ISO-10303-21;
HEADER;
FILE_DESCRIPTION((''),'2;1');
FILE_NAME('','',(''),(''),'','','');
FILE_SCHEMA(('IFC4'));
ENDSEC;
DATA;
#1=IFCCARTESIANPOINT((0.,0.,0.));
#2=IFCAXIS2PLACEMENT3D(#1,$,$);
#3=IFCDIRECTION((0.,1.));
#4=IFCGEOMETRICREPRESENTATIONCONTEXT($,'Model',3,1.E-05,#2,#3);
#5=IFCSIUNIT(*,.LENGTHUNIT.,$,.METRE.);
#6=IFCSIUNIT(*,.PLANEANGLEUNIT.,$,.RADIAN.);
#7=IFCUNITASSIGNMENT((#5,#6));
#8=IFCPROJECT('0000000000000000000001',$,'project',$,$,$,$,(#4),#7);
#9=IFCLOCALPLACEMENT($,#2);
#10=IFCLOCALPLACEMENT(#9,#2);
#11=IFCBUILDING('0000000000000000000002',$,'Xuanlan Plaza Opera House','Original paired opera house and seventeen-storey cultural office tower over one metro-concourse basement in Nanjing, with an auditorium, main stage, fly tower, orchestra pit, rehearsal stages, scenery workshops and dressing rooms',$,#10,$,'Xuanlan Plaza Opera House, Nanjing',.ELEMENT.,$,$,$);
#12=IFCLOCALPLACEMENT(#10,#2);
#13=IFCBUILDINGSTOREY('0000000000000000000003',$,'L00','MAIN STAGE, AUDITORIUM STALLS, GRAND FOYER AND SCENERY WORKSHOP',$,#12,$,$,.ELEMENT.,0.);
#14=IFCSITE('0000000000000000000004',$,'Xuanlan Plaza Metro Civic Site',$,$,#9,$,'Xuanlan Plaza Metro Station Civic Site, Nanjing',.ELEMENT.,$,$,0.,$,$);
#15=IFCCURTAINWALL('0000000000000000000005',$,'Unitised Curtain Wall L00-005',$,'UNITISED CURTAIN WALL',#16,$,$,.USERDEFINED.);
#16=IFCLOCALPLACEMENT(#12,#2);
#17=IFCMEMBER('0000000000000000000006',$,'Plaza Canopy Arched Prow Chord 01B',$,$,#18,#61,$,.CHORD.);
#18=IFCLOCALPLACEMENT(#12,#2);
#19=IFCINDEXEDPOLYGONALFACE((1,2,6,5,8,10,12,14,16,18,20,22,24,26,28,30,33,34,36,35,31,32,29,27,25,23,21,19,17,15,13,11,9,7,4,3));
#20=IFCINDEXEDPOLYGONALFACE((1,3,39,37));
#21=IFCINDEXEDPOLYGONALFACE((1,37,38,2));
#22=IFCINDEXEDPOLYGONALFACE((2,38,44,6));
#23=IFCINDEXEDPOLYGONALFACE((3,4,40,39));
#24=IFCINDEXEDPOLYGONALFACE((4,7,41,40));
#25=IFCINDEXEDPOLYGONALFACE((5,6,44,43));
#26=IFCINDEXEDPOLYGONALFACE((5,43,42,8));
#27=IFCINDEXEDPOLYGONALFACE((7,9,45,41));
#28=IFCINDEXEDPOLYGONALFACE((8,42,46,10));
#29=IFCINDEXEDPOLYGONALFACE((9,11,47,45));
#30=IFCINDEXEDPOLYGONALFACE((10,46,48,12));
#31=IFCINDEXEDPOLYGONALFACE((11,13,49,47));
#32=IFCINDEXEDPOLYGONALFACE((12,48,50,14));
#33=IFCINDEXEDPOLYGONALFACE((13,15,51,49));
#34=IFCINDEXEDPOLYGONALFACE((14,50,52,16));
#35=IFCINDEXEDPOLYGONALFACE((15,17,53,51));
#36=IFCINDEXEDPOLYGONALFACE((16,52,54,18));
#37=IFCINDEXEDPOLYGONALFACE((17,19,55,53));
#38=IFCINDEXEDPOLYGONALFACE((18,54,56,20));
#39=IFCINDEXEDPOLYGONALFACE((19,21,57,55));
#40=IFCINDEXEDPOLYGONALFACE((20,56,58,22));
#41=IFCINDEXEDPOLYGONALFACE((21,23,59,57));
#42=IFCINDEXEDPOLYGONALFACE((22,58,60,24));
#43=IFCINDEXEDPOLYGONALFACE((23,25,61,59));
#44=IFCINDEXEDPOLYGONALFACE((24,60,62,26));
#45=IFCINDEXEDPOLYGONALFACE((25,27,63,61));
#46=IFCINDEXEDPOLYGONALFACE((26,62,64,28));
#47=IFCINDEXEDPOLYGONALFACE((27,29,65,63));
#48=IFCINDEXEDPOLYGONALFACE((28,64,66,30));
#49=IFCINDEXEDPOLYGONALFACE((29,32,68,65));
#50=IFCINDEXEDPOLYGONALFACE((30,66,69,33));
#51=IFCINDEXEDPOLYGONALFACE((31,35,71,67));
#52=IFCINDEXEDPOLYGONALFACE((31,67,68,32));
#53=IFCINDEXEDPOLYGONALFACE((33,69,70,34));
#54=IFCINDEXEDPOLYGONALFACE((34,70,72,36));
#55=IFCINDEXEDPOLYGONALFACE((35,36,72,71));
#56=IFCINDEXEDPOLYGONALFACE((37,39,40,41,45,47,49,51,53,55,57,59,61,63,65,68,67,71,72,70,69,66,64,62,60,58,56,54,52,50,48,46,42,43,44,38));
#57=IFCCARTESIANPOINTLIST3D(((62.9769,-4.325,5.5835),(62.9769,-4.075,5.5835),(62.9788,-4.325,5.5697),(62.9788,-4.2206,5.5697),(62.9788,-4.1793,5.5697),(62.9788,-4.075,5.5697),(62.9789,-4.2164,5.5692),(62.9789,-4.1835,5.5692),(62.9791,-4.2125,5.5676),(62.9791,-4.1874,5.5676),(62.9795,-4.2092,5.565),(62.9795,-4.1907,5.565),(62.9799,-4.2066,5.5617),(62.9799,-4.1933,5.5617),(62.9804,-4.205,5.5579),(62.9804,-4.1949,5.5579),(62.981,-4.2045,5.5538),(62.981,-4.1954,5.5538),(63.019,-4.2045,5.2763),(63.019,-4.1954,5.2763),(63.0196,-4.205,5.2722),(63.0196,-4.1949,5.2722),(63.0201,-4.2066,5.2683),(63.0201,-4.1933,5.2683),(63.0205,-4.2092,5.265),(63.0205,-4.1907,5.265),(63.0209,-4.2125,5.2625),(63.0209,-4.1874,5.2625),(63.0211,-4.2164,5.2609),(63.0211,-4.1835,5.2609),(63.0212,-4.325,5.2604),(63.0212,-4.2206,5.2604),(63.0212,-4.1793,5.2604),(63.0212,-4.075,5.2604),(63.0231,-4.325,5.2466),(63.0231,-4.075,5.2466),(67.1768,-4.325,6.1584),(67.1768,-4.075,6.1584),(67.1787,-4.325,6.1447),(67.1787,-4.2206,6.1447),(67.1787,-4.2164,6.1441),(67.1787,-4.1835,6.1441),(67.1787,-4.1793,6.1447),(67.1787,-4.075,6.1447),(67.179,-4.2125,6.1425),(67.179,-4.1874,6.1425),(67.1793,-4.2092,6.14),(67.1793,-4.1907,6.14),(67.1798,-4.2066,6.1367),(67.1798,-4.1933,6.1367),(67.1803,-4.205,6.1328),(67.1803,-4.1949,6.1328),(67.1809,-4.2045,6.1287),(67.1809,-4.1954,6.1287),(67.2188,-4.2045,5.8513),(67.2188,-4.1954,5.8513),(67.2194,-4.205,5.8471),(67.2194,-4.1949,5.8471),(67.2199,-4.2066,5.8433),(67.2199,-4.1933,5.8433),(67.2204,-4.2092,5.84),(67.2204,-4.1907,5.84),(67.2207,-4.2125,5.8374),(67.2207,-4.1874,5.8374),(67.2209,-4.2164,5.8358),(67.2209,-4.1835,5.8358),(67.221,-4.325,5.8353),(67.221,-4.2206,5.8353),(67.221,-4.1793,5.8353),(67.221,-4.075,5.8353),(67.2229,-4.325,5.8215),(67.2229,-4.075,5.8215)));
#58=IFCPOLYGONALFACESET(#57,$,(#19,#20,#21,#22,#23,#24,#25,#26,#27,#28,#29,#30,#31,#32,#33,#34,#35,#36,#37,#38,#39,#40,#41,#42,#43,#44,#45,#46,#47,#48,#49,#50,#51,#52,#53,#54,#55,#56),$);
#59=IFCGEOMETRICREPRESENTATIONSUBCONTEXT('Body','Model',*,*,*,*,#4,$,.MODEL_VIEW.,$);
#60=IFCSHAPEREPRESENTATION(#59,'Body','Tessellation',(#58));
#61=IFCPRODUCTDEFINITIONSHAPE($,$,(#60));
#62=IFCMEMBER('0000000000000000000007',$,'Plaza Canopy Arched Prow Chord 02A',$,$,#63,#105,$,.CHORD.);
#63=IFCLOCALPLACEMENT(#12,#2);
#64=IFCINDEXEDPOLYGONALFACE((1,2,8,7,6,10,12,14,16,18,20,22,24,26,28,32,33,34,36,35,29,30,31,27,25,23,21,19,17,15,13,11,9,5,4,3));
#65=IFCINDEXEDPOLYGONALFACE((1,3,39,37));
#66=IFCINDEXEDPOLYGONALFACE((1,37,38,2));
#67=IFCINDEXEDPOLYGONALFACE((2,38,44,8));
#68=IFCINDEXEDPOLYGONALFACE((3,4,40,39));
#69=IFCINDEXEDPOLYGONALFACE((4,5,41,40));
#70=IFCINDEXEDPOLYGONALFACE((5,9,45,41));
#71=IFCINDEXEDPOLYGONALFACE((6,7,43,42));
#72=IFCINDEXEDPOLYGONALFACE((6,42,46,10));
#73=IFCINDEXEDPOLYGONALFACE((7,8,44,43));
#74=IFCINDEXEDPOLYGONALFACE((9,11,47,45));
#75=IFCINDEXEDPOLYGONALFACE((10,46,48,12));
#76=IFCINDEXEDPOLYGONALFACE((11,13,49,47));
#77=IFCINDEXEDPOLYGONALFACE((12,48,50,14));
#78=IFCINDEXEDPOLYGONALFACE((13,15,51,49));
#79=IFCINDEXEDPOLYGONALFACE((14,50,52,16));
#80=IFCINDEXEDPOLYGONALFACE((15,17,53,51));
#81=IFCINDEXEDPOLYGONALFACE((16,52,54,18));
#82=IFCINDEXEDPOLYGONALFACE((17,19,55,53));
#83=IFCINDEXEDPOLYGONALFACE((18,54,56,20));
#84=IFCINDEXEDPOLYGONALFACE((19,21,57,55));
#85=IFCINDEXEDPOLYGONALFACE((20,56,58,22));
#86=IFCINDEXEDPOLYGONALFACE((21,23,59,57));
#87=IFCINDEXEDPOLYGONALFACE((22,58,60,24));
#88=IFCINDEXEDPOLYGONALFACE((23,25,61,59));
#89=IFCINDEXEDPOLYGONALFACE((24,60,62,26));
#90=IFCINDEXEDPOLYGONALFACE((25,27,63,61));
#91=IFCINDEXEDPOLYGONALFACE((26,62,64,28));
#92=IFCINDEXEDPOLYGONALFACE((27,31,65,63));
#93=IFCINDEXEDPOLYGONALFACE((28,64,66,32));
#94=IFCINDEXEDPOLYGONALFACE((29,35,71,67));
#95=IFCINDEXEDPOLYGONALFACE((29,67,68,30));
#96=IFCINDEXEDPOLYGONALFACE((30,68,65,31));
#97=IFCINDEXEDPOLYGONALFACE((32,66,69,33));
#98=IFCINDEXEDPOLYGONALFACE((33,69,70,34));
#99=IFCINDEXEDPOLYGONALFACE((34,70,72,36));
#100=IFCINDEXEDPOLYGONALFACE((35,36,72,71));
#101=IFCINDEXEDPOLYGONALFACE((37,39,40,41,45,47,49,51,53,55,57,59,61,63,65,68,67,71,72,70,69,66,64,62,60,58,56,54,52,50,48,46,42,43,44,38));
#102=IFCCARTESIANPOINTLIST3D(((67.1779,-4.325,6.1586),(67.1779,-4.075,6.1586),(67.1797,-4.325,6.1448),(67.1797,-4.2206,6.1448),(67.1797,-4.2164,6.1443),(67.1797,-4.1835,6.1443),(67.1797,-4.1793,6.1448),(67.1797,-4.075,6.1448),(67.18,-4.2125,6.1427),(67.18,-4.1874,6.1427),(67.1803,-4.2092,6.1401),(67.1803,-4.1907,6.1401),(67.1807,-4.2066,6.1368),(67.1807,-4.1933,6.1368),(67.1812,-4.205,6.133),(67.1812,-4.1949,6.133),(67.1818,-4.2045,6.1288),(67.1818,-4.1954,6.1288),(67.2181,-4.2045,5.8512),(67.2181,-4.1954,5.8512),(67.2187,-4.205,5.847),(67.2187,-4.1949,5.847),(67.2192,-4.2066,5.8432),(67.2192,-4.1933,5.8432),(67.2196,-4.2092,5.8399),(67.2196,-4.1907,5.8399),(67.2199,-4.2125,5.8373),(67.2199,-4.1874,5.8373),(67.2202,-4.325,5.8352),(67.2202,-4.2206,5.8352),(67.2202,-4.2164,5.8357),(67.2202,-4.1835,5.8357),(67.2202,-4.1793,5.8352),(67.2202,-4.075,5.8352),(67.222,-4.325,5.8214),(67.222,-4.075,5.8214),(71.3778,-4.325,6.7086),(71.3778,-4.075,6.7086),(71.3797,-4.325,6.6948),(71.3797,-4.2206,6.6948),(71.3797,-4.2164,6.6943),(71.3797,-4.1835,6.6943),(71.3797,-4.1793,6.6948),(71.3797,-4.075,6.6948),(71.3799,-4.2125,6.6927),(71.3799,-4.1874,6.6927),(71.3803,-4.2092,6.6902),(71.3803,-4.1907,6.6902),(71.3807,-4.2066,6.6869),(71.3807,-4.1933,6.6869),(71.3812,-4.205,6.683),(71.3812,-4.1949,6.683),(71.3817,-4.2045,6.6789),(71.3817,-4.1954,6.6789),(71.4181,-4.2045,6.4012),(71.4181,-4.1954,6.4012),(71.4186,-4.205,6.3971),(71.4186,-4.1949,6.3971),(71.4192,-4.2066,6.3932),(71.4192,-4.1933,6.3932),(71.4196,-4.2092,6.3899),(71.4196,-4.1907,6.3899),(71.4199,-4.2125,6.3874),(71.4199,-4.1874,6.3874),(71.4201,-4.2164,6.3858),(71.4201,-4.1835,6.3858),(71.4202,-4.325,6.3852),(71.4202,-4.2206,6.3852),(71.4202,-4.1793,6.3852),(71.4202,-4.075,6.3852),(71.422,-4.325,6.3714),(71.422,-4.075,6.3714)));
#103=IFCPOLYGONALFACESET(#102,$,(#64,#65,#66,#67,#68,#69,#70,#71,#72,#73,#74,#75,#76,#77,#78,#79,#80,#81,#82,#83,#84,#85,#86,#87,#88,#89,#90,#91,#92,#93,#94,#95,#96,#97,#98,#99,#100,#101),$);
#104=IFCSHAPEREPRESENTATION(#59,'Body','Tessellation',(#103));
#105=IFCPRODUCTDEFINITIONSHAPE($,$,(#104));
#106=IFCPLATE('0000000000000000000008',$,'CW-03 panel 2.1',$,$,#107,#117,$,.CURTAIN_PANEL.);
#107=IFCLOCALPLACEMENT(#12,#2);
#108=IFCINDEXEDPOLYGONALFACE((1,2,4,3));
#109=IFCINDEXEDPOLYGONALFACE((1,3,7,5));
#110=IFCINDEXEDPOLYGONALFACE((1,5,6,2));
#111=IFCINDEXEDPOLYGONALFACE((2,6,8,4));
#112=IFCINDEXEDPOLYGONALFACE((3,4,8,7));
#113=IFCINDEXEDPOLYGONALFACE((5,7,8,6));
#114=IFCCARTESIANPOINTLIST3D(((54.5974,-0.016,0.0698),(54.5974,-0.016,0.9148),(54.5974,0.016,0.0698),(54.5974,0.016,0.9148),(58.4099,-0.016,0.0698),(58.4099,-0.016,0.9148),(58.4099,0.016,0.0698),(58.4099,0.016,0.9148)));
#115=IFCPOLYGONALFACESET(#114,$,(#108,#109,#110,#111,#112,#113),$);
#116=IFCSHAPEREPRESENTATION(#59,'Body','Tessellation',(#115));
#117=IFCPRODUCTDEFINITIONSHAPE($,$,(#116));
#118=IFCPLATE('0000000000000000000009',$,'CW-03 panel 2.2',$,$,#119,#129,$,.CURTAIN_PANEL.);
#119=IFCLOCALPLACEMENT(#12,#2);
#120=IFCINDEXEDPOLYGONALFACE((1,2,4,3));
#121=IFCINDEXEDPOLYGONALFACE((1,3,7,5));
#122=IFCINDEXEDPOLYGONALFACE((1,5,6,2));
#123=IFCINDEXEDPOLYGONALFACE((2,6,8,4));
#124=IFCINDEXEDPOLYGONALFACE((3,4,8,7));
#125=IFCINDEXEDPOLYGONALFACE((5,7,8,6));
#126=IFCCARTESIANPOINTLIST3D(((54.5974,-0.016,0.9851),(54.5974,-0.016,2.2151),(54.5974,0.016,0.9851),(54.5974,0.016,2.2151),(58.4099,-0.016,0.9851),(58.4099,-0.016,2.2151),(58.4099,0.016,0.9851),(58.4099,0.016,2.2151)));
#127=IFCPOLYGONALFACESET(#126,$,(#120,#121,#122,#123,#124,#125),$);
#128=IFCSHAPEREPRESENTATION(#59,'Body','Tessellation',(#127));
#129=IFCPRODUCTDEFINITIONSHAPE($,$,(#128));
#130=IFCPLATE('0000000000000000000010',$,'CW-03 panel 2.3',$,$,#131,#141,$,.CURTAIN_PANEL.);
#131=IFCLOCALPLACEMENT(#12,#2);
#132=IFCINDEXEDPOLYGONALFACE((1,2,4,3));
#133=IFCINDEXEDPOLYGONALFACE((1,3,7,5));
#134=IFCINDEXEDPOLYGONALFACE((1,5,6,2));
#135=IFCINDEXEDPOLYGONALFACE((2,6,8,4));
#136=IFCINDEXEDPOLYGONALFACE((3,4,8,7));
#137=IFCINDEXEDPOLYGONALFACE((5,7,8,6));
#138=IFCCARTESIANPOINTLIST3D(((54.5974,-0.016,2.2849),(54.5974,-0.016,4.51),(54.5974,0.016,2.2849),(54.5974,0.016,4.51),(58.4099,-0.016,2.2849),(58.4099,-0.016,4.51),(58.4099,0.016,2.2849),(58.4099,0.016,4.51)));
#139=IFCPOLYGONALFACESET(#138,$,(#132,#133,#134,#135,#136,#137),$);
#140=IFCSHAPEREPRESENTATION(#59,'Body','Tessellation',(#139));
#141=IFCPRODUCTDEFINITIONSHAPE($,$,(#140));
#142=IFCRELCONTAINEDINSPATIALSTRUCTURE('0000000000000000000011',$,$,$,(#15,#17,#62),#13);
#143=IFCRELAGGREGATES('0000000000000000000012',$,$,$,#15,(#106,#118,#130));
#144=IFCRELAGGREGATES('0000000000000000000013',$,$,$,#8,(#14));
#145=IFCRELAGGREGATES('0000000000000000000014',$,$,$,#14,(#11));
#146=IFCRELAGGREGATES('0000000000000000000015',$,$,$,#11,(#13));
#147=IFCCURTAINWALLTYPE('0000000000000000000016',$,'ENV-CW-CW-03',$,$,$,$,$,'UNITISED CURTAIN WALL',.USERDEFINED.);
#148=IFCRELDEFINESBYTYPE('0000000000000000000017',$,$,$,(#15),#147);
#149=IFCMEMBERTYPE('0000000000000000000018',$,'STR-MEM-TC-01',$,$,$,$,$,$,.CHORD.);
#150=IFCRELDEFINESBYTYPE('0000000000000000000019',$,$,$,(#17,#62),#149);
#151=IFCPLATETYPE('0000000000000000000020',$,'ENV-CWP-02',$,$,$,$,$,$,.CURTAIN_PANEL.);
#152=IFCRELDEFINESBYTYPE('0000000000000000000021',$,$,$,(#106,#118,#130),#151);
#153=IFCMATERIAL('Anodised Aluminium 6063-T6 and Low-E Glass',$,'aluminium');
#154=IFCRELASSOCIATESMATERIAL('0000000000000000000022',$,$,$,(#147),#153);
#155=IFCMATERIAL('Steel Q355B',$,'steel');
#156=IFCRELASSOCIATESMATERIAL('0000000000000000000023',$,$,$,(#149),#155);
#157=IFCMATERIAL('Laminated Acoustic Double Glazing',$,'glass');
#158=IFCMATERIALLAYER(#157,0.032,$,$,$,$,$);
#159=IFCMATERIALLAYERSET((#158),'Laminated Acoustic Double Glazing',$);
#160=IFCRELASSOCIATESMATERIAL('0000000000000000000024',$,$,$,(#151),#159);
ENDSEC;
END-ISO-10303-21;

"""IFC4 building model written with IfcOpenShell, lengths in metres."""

from ifc_helpers import new_model, si_unit, direction, frame, origin, origin_2d, place, context, subcontext, project, spatial, rectangle, i_section, extrude, material, layer, layer_set, material_profile, profile_set, type_object, element, aggregate, save


model = new_model("IFC4")

# Units and contexts
model_context = context("Model", 3, precision=1e-05, world=origin(), true_north=direction((0.0, 1.0)))
body_context = subcontext(model_context, "Body", "Model", "MODEL_VIEW")
ifc_project = project(units=[si_unit("LENGTHUNIT", "METRE"), si_unit("PLANEANGLEUNIT", "RADIAN")], contexts=[model_context])

# Site, building, storey
site_placement = place(None, origin())
site = spatial("IfcSite", under=ifc_project, at=site_placement, Name="Xuanlan Plaza Metro Civic Site", LongName="Xuanlan Plaza Metro Station Civic Site, Nanjing", CompositionType="ELEMENT", RefElevation=0.0)
building_placement = place(site_placement, origin())
building = spatial("IfcBuilding", under=site, at=building_placement, Name="Xuanlan Plaza Opera House", Description="Original paired opera house and seventeen-storey cultural office tower over one metro-concourse basement in Nanjing, with an auditorium, main stage, fly tower, orchestra pit, rehearsal stages, scenery workshops and dressing rooms", LongName="Xuanlan Plaza Opera House, Nanjing", CompositionType="ELEMENT")
storey_placement = place(building_placement, origin())
storey = spatial("IfcBuildingStorey", under=building, at=storey_placement, Name="L00", Description="MAIN STAGE, AUDITORIUM STALLS, GRAND FOYER AND SCENERY WORKSHOP", CompositionType="ELEMENT", Elevation=0.0)

# Curtain wall
ifc_material_1 = material(Name="Anodised Aluminium 6063-T6 and Low-E Glass", Category="aluminium")
curtain_wall_type = type_object("IfcCurtainWallType", Name="ENV-CW-CW-03", ElementType="UNITISED CURTAIN WALL", PredefinedType="USERDEFINED", material=ifc_material_1)
curtain_wall_placement = place(storey_placement, origin())
curtain_wall = element("IfcCurtainWall", 1, at=curtain_wall_placement, inside=storey, type_object=curtain_wall_type, Name="Unitised Curtain Wall L00-005", ObjectType="UNITISED CURTAIN WALL", PredefinedType="USERDEFINED")

# Members
ifc_material_2 = material(Name="Steel Q355B", Category="steel")
ifc_material_profile_1 = material_profile(ifc_material_2, i_section(OverallWidth=0.25, OverallDepth=0.3401, WebThickness=0.009, FlangeThickness=0.0139, FilletRadius=0.0161, at=origin_2d()), Name="HM 340x250x9x14")
ifc_profile_set_1 = profile_set([ifc_material_profile_1], Name="Steel Q355B")
member_type_1 = type_object("IfcMemberType", Name="STR-MEM-TC-01", PredefinedType="CHORD", material=ifc_profile_set_1)
for number, where, z_axis, x_axis, name in (
    (2, (63.0, -4.2, 5.415), (0.99076, 0.0, 0.13563), (0.0, 1.0, 0.0), "Plaza Canopy Arched Prow Chord 01B"),
):
    element("IfcMember", number, at=place(storey_placement, frame(where, z_axis=z_axis, x_axis=x_axis)), inside=storey, type_object=member_type_1, Name=name, PredefinedType="CHORD", context=body_context, shape_type="SweptSolid", body=[
        extrude(i_section(OverallWidth=0.25, OverallDepth=0.3401, WebThickness=0.009, FlangeThickness=0.0139, FilletRadius=0.0161, at=origin_2d()), origin(), (0.0, 0.0, 1.0), 4.239),
    ])
member_1_placement = place(storey_placement, frame((67.2, -4.2, 5.99), z_axis=(0.991533, 0.0, 0.129857), x_axis=(0.0, 1.0, 0.0)))
element("IfcMember", 3, at=member_1_placement, inside=storey, type_object=member_type_1, Name="Plaza Canopy Arched Prow Chord 02A", PredefinedType="CHORD", context=body_context, shape_type="SweptSolid", body=[
    extrude(i_section(OverallWidth=0.25, OverallDepth=0.3401, WebThickness=0.009, FlangeThickness=0.0139, FilletRadius=0.0161, at=origin_2d()), origin(), (0.0, 0.0, 1.0), 4.2358),
])

# Plates
ifc_material_3 = material(Name="Laminated Acoustic Double Glazing", Category="glass")
ifc_layer_1 = layer(ifc_material_3, 0.032)
ifc_layer_set_1 = layer_set([ifc_layer_1], Name="Laminated Acoustic Double Glazing")
plate_type = type_object("IfcPlateType", Name="ENV-CWP-02", PredefinedType="CURTAIN_PANEL", material=ifc_layer_set_1)
plate_1_placement = place(storey_placement, frame((56.5037, 0.0, 0.0698), z_axis=(0.0, 0.0, 1.0), x_axis=(1.0, 0.0, 0.0)))
plate_1 = element("IfcPlate", 4, at=plate_1_placement, type_object=plate_type, Name="CW-03 panel 2.1", PredefinedType="CURTAIN_PANEL", context=body_context, shape_type="SweptSolid", body=[
    extrude(rectangle(XDim=3.8125, YDim=0.032, at=origin_2d()), origin(), (0.0, 0.0, 1.0), 0.845),
])
plate_2_placement = place(storey_placement, frame((56.5037, 0.0, 0.9851), z_axis=(0.0, 0.0, 1.0), x_axis=(1.0, 0.0, 0.0)))
plate_2 = element("IfcPlate", 5, at=plate_2_placement, type_object=plate_type, Name="CW-03 panel 2.2", PredefinedType="CURTAIN_PANEL", context=body_context, shape_type="SweptSolid", body=[
    extrude(rectangle(XDim=3.8125, YDim=0.032, at=origin_2d()), origin(), (0.0, 0.0, 1.0), 1.23),
])
plate_3_placement = place(storey_placement, frame((56.5037, 0.0, 2.2849), z_axis=(0.0, 0.0, 1.0), x_axis=(1.0, 0.0, 0.0)))
plate_3 = element("IfcPlate", 6, at=plate_3_placement, type_object=plate_type, Name="CW-03 panel 2.3", PredefinedType="CURTAIN_PANEL", context=body_context, shape_type="SweptSolid", body=[
    extrude(rectangle(XDim=3.8125, YDim=0.032, at=origin_2d()), origin(), (0.0, 0.0, 1.0), 2.2251),
])
aggregate(curtain_wall, [plate_1, plate_2, plate_3])

save(model, "model.ifc")
